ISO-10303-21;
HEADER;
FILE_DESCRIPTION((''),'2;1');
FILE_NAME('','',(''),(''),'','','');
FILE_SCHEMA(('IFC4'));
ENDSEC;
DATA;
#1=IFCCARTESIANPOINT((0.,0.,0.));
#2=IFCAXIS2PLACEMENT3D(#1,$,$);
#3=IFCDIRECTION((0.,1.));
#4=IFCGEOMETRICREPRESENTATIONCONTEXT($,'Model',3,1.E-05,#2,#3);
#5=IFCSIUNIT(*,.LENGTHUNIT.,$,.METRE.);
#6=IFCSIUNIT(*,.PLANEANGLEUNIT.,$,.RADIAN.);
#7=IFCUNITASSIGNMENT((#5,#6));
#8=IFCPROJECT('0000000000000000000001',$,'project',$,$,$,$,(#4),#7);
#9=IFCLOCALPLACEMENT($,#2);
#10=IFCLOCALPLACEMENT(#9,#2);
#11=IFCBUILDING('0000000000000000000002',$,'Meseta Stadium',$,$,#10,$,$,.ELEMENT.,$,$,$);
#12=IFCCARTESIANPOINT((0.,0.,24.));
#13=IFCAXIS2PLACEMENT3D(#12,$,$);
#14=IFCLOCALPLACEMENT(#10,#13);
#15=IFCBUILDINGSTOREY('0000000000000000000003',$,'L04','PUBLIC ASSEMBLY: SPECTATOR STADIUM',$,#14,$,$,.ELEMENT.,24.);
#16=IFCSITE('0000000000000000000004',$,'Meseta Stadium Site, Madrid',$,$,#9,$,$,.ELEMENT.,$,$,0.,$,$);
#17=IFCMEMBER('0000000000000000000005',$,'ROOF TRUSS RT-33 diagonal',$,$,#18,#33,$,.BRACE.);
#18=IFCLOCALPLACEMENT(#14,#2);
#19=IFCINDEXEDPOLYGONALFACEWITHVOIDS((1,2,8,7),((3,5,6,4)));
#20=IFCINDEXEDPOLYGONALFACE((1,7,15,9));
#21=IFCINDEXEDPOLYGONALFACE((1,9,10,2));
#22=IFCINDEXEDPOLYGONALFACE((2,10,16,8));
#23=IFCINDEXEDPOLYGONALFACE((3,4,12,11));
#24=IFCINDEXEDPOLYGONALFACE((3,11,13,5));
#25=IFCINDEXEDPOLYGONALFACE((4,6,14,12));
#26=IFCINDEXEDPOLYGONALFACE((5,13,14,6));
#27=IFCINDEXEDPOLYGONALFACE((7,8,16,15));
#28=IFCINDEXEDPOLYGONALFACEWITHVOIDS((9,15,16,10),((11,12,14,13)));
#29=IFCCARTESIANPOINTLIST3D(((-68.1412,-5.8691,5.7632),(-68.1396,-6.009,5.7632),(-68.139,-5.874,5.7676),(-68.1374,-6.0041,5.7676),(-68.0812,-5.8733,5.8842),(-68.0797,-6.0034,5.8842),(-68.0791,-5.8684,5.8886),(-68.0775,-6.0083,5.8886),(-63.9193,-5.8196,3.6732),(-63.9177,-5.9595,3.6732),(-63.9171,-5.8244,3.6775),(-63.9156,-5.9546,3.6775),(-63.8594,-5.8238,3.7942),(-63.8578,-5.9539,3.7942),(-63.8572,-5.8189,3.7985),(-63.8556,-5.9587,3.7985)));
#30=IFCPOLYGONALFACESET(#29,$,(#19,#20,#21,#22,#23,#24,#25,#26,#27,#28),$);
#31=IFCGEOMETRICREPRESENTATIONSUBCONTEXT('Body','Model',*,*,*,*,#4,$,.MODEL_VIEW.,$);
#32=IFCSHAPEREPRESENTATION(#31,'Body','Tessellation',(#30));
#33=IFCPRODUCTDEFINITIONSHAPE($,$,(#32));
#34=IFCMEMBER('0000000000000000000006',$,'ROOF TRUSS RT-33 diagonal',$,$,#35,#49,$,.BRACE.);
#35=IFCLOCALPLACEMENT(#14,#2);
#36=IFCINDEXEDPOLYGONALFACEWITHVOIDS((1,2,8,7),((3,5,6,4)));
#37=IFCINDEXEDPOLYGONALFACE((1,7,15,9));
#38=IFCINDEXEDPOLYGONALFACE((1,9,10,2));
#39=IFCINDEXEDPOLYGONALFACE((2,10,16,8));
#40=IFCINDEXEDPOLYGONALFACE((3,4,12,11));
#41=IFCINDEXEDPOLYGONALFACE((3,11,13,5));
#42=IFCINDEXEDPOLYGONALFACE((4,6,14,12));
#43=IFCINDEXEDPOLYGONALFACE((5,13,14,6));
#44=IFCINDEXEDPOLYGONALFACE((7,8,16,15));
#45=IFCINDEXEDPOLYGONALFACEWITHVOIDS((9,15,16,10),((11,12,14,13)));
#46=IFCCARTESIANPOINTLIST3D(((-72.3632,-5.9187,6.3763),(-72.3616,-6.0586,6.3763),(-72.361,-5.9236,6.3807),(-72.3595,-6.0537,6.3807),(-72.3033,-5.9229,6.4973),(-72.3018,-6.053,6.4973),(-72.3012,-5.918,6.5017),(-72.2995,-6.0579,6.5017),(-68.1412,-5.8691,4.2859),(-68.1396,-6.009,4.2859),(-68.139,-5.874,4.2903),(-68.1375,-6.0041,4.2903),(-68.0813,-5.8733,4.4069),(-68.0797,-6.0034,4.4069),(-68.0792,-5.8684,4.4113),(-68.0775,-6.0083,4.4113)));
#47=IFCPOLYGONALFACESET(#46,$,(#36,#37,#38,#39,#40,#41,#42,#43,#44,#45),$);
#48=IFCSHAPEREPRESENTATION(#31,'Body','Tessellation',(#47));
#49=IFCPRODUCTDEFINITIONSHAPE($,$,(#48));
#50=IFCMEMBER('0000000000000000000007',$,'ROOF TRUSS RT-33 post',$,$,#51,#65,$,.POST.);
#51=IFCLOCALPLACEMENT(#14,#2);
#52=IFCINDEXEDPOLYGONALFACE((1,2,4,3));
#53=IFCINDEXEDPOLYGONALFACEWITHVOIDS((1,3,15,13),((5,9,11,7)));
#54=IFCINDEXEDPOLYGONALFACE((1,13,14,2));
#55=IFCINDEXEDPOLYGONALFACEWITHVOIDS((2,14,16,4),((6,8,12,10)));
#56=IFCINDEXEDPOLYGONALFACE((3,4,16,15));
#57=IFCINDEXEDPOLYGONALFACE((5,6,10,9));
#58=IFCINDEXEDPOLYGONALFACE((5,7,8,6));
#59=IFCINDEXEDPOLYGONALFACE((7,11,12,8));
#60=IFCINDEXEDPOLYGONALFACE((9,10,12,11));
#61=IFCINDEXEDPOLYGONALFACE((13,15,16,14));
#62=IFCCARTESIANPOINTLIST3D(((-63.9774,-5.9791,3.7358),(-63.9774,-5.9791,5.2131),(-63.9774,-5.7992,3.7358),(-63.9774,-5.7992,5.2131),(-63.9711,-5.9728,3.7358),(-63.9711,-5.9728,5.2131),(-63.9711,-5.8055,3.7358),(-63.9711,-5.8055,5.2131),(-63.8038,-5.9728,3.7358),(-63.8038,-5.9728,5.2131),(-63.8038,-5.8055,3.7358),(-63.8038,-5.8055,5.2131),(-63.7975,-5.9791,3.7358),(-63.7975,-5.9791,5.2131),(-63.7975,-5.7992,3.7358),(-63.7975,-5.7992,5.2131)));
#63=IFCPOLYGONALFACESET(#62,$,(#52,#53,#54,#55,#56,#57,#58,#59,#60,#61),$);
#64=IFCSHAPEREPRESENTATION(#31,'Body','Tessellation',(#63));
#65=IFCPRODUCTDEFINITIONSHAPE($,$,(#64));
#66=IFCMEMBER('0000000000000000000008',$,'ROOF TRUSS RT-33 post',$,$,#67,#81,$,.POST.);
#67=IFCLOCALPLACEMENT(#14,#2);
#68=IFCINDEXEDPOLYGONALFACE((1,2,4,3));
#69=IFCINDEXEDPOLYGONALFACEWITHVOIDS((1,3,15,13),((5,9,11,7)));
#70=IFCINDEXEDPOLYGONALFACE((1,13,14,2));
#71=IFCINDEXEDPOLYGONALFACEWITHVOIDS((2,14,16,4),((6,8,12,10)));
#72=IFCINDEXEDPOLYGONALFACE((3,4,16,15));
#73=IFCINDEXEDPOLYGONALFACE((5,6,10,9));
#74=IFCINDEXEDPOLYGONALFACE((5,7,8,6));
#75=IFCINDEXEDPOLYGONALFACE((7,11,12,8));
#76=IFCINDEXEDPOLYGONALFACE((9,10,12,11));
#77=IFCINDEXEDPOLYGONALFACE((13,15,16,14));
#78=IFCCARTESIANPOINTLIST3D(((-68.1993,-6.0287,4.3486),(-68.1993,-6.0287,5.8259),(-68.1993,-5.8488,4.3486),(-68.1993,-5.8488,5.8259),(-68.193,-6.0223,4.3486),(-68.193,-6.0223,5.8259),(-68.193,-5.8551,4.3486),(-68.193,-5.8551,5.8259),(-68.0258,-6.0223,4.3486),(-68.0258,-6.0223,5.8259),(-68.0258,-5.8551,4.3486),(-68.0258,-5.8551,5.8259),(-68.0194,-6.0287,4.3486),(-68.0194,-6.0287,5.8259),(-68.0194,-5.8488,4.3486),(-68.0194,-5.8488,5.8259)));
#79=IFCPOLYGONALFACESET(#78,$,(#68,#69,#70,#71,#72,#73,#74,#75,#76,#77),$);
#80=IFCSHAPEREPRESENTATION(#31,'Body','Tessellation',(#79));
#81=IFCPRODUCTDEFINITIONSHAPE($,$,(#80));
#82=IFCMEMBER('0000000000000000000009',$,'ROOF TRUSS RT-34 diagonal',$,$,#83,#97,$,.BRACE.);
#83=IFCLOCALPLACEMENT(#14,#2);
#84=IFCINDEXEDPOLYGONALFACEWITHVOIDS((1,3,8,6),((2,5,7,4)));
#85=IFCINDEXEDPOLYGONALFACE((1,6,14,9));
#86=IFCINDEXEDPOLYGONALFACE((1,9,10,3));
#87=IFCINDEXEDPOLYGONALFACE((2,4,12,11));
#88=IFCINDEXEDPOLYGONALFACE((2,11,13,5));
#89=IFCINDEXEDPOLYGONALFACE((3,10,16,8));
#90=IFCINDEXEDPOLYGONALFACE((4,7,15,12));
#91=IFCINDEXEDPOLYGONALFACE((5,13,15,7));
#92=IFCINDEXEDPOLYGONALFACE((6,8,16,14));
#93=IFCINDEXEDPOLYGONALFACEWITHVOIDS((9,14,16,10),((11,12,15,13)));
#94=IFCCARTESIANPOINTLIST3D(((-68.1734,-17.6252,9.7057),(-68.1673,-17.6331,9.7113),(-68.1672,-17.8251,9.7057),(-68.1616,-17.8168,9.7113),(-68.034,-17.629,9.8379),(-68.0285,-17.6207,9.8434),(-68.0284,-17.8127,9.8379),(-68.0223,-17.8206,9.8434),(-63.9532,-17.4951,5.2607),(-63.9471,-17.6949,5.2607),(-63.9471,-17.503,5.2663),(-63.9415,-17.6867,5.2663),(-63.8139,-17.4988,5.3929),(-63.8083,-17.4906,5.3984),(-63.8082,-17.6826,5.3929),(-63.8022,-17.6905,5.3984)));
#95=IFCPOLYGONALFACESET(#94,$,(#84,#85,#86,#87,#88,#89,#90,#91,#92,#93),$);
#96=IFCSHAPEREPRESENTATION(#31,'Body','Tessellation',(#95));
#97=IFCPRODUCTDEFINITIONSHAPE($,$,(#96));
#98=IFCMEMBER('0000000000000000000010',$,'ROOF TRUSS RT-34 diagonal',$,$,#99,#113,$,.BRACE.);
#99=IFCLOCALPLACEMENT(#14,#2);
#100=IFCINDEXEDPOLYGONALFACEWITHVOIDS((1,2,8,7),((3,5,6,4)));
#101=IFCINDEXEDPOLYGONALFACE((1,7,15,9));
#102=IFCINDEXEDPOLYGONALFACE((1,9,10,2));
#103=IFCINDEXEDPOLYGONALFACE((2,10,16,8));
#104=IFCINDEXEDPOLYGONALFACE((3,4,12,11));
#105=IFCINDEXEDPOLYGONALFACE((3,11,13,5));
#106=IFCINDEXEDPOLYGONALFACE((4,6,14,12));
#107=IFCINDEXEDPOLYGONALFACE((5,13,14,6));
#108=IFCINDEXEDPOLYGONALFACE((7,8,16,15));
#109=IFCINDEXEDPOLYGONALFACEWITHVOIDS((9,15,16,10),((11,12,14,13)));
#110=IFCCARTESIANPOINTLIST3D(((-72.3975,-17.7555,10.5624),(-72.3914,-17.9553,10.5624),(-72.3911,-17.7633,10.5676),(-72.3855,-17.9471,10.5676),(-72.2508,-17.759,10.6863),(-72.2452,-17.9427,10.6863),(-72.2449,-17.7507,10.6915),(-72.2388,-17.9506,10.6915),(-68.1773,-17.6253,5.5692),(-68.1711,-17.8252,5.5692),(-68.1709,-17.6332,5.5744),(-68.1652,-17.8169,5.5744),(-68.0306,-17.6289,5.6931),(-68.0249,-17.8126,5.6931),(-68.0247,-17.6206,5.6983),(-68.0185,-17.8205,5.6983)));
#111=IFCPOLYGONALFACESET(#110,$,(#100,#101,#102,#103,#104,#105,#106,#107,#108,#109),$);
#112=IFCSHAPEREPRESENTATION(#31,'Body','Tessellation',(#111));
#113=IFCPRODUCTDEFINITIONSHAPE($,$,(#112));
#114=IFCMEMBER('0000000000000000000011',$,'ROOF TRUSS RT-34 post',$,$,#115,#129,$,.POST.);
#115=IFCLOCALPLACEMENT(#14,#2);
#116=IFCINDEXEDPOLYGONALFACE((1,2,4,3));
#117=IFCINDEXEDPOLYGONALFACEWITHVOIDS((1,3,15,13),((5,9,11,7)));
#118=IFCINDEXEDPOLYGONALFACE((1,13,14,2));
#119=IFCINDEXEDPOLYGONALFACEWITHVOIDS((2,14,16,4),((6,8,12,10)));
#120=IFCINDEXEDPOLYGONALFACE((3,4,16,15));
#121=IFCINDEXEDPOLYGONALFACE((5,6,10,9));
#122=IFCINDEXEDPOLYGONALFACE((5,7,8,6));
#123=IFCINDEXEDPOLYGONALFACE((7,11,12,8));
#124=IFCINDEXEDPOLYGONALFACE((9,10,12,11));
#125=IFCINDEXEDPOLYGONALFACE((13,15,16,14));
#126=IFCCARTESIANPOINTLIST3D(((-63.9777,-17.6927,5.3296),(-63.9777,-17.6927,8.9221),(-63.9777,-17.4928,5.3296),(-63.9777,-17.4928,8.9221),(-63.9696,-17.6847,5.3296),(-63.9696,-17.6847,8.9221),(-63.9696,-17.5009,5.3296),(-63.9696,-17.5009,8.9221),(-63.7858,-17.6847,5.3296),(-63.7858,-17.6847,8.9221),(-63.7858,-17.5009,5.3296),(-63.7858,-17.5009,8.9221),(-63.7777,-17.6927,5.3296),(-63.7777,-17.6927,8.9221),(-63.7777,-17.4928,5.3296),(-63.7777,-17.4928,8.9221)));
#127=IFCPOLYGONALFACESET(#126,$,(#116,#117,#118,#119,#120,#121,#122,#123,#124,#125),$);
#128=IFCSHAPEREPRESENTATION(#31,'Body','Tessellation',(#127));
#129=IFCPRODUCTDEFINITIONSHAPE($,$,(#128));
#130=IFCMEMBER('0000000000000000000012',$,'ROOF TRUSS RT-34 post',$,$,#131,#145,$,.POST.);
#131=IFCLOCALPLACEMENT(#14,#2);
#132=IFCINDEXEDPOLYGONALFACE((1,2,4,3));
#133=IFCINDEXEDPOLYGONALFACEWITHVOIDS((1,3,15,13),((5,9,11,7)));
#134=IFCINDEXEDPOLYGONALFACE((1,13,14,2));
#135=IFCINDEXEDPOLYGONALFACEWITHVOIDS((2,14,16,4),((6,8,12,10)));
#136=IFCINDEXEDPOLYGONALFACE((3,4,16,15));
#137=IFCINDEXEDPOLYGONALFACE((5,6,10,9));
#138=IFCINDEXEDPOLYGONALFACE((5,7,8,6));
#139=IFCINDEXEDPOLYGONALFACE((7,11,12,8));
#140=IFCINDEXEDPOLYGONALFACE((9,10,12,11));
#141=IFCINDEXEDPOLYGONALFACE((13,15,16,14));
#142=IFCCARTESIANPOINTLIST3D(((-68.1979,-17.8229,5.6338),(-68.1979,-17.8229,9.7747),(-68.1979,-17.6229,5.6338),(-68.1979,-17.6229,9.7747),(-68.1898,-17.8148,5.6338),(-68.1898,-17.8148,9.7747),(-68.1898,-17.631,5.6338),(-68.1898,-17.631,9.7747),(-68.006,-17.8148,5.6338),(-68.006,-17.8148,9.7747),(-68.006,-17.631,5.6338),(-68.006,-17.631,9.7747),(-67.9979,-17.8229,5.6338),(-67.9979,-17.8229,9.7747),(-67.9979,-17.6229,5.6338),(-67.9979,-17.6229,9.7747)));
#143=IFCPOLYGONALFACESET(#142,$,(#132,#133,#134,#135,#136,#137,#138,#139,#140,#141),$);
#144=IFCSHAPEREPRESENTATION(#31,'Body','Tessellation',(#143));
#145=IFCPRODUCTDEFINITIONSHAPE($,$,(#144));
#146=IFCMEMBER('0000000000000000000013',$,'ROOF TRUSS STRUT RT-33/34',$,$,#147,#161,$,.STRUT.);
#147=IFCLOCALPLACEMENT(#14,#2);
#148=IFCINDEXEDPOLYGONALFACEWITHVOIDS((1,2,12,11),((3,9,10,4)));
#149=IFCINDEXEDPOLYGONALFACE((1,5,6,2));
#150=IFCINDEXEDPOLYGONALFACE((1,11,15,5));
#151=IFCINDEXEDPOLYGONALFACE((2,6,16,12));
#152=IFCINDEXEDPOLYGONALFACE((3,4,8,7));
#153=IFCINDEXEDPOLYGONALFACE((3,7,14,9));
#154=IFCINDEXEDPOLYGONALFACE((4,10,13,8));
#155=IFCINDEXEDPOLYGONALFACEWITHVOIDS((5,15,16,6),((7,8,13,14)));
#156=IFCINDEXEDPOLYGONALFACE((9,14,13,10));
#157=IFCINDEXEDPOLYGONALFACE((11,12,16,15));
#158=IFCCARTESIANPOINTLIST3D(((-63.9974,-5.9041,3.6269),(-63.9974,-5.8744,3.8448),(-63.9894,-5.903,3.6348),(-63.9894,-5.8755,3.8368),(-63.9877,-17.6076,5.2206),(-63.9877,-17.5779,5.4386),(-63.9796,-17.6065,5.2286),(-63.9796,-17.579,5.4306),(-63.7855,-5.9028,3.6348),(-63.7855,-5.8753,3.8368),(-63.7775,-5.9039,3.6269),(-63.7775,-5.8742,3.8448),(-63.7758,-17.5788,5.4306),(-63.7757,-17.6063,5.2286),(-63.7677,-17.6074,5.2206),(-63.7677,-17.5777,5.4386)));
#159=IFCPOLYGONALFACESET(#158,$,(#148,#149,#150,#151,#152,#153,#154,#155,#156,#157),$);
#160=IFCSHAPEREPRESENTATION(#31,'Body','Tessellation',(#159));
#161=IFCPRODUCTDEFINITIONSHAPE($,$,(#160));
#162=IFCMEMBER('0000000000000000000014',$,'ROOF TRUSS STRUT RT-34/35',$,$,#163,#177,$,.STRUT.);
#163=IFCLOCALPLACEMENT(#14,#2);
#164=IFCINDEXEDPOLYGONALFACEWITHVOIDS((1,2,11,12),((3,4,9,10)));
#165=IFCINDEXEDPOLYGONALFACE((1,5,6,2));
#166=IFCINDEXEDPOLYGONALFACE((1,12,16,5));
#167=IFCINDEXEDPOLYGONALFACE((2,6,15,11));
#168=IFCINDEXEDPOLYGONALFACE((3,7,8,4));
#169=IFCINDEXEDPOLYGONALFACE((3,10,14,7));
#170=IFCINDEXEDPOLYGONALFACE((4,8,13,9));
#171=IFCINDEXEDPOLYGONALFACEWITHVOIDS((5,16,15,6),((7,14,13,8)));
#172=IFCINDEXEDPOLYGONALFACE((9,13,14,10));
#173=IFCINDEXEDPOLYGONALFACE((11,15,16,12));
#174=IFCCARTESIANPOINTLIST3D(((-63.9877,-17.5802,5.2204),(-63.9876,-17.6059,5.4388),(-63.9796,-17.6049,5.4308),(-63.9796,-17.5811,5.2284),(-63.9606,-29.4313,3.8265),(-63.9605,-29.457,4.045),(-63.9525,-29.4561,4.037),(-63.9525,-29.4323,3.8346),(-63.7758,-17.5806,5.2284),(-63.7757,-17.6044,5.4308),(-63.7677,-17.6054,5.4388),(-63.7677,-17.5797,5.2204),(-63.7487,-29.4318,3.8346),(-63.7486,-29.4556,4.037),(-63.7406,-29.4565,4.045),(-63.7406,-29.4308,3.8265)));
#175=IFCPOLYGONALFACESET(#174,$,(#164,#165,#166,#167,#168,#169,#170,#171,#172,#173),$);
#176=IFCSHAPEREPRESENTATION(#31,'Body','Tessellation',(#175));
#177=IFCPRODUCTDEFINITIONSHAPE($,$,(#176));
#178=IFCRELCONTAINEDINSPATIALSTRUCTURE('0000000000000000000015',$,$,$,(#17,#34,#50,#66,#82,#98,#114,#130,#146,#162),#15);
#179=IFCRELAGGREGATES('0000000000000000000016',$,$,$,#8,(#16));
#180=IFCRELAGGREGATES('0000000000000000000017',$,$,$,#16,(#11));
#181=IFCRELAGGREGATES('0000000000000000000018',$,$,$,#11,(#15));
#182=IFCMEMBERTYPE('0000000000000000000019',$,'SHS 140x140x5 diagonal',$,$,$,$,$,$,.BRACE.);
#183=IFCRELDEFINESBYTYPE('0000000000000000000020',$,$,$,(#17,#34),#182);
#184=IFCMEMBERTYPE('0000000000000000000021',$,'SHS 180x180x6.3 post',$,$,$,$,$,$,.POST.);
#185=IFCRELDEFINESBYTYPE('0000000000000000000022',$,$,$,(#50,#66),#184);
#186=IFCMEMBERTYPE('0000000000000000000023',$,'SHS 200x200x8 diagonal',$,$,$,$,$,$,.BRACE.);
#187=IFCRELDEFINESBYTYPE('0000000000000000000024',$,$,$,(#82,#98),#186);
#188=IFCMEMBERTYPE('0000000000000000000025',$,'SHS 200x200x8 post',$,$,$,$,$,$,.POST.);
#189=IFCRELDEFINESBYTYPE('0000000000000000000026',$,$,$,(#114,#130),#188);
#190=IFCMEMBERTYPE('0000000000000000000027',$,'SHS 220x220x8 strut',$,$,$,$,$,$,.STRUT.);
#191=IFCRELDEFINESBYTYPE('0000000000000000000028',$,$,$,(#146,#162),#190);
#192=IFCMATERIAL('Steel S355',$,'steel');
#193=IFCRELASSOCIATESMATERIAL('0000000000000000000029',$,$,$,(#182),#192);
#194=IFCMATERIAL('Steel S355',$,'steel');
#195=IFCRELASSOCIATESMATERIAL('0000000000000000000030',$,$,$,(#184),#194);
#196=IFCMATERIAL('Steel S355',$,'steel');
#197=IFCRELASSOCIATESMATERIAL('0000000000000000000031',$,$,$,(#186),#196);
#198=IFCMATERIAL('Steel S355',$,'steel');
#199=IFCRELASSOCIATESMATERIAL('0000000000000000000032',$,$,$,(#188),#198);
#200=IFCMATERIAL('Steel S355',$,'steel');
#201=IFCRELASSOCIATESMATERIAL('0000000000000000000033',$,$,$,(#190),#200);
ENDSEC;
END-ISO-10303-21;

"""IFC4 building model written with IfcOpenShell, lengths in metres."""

from ifc_helpers import new_model, si_unit, direction, frame, origin, origin_2d, place, context, subcontext, project, spatial, hollow_rectangle, extrude, material, material_profile, profile_set, type_object, element, save


model = new_model("IFC4")

# Units and contexts
model_context = context("Model", 3, precision=1e-05, world=origin(), true_north=direction((0.0, 1.0)))
body_context = subcontext(model_context, "Body", "Model", "MODEL_VIEW")
ifc_project = project(units=[si_unit("LENGTHUNIT", "METRE"), si_unit("PLANEANGLEUNIT", "RADIAN")], contexts=[model_context])

# Site, building, storey
site_placement = place(None, origin())
site = spatial("IfcSite", under=ifc_project, at=site_placement, Name="Meseta Stadium Site, Madrid", CompositionType="ELEMENT", RefElevation=0.0)
building_placement = place(site_placement, origin())
building = spatial("IfcBuilding", under=site, at=building_placement, Name="Meseta Stadium", CompositionType="ELEMENT")
storey_placement = place(building_placement, frame((0.0, 0.0, 24.0)))
storey = spatial("IfcBuildingStorey", under=building, at=storey_placement, Name="L04", Description="PUBLIC ASSEMBLY: SPECTATOR STADIUM", CompositionType="ELEMENT", Elevation=24.0)

# Members
ifc_material_1 = material(Name="Steel S355", Category="steel")
ifc_material_profile_1 = material_profile(ifc_material_1, hollow_rectangle(XDim=0.1399, YDim=0.1399, WallThickness=0.0049, at=origin_2d()), Name="SHS 140x140x5")
ifc_profile_set_1 = profile_set([ifc_material_profile_1], Name="Steel S355")
member_type_1 = type_object("IfcMemberType", Name="SHS 140x140x5 diagonal", PredefinedType="BRACE", material=ifc_profile_set_1)
member_1_placement = place(storey_placement, frame((-63.8875, -5.8892, 3.7358), z_axis=(-0.896143, -0.01052, 0.443641), x_axis=(0.011738, -0.999931, 0.0)))
element("IfcMember", 1, at=member_1_placement, inside=storey, type_object=member_type_1, Name="ROOF TRUSS RT-33 diagonal", PredefinedType="BRACE", context=body_context, shape_type="SweptSolid", body=[
    extrude(hollow_rectangle(XDim=0.1399, YDim=0.1399, WallThickness=0.0049, at=origin_2d()), origin(), (0.0, 0.0, 1.0), 4.7112),
])
member_2_placement = place(storey_placement, frame((-68.1094, -5.9387, 4.3486), z_axis=(-0.896122, -0.010519, 0.443682), x_axis=(0.011738, -0.999931, 0.0)))
element("IfcMember", 2, at=member_2_placement, inside=storey, type_object=member_type_1, Name="ROOF TRUSS RT-33 diagonal", PredefinedType="BRACE", context=body_context, shape_type="SweptSolid", body=[
    extrude(hollow_rectangle(XDim=0.1399, YDim=0.1399, WallThickness=0.0049, at=origin_2d()), origin(), (0.0, 0.0, 1.0), 4.7114),
])
ifc_material_2 = material(Name="Steel S355", Category="steel")
ifc_material_profile_2 = material_profile(ifc_material_2, hollow_rectangle(XDim=0.1799, YDim=0.1799, WallThickness=0.0063, at=origin_2d()), Name="SHS 180x180x6.3")
ifc_profile_set_2 = profile_set([ifc_material_profile_2], Name="Steel S355")
member_type_2 = type_object("IfcMemberType", Name="SHS 180x180x6.3 post", PredefinedType="POST", material=ifc_profile_set_2)
for number, where, z_axis, x_axis, name in (
    (3, (-63.8875, -5.8892, 3.7358), (0.0, 0.0, 1.0), (1.0, 0.0, 0.0), "ROOF TRUSS RT-33 post"),
    (4, (-68.1094, -5.9387, 4.3486), (0.0, 0.0, 1.0), (1.0, 0.0, 0.0), "ROOF TRUSS RT-33 post"),
):
    element("IfcMember", number, at=place(storey_placement, frame(where, z_axis=z_axis, x_axis=x_axis)), inside=storey, type_object=member_type_2, Name=name, PredefinedType="POST", context=body_context, shape_type="SweptSolid", body=[
        extrude(hollow_rectangle(XDim=0.1799, YDim=0.1799, WallThickness=0.0063, at=origin_2d()), origin(), (0.0, 0.0, 1.0), 1.4773),
    ])
ifc_material_3 = material(Name="Steel S355", Category="steel")
ifc_material_profile_3 = material_profile(ifc_material_3, hollow_rectangle(XDim=0.2, YDim=0.2, WallThickness=0.0081, at=origin_2d()), Name="SHS 200x200x8")
ifc_profile_set_3 = profile_set([ifc_material_profile_3], Name="Steel S355")
member_type_3 = type_object("IfcMemberType", Name="SHS 200x200x8 diagonal", PredefinedType="BRACE", material=ifc_profile_set_3)
member_3_placement = place(storey_placement, frame((-63.8777, -17.5928, 5.3296), z_axis=(-0.688371, -0.021225, 0.725048), x_axis=(0.03082, -0.999525, 0.0)))
element("IfcMember", 5, at=member_3_placement, inside=storey, type_object=member_type_3, Name="ROOF TRUSS RT-34 diagonal", PredefinedType="BRACE", context=body_context, shape_type="SweptSolid", body=[
    extrude(hollow_rectangle(XDim=0.2, YDim=0.2, WallThickness=0.0081, at=origin_2d()), origin(), (0.0, 0.0, 1.0), 6.1306),
])
member_4_placement = place(storey_placement, frame((-68.0979, -17.7229, 5.6338), z_axis=(-0.645389, -0.0199, 0.763595), x_axis=(0.03082, -0.999525, 0.0)))
element("IfcMember", 6, at=member_4_placement, inside=storey, type_object=member_type_3, Name="ROOF TRUSS RT-34 diagonal", PredefinedType="BRACE", context=body_context, shape_type="SweptSolid", body=[
    extrude(hollow_rectangle(XDim=0.2, YDim=0.2, WallThickness=0.0081, at=origin_2d()), origin(), (0.0, 0.0, 1.0), 6.5391),
])
ifc_material_4 = material(Name="Steel S355", Category="steel")
ifc_material_profile_4 = material_profile(ifc_material_4, hollow_rectangle(XDim=0.2, YDim=0.2, WallThickness=0.0081, at=origin_2d()), Name="SHS 200x200x8")
ifc_profile_set_4 = profile_set([ifc_material_profile_4], Name="Steel S355")
member_type_4 = type_object("IfcMemberType", Name="SHS 200x200x8 post", PredefinedType="POST", material=ifc_profile_set_4)
member_5_placement = place(storey_placement, frame((-63.8777, -17.5928, 5.3296), z_axis=(0.0, 0.0, 1.0), x_axis=(1.0, 0.0, 0.0)))
element("IfcMember", 7, at=member_5_placement, inside=storey, type_object=member_type_4, Name="ROOF TRUSS RT-34 post", PredefinedType="POST", context=body_context, shape_type="SweptSolid", body=[
    extrude(hollow_rectangle(XDim=0.2, YDim=0.2, WallThickness=0.0081, at=origin_2d()), origin(), (0.0, 0.0, 1.0), 3.5925),
])
member_6_placement = place(storey_placement, frame((-68.0979, -17.7229, 5.6338), z_axis=(0.0, 0.0, 1.0), x_axis=(1.0, 0.0, 0.0)))
element("IfcMember", 8, at=member_6_placement, inside=storey, type_object=member_type_4, Name="ROOF TRUSS RT-34 post", PredefinedType="POST", context=body_context, shape_type="SweptSolid", body=[
    extrude(hollow_rectangle(XDim=0.2, YDim=0.2, WallThickness=0.0081, at=origin_2d()), origin(), (0.0, 0.0, 1.0), 4.1409),
])
ifc_material_5 = material(Name="Steel S355", Category="steel")
ifc_material_profile_5 = material_profile(ifc_material_5, hollow_rectangle(XDim=0.22, YDim=0.22, WallThickness=0.0081, at=origin_2d()), Name="SHS 220x220x8")
ifc_profile_set_5 = profile_set([ifc_material_profile_5], Name="Steel S355")
member_type_5 = type_object("IfcMemberType", Name="SHS 220x220x8 strut", PredefinedType="STRUT", material=ifc_profile_set_5)
member_7_placement = place(storey_placement, frame((-63.8875, -5.8892, 3.7358), z_axis=(0.000827, -0.990855, 0.134931), x_axis=(1.0, 0.000834, 0.0)))
element("IfcMember", 9, at=member_7_placement, inside=storey, type_object=member_type_5, Name="ROOF TRUSS STRUT RT-33/34", PredefinedType="STRUT", context=body_context, shape_type="SweptSolid", body=[
    extrude(hollow_rectangle(XDim=0.22, YDim=0.22, WallThickness=0.0081, at=origin_2d()), origin(), (0.0, 0.0, 1.0), 11.8115),
])
member_8_placement = place(storey_placement, frame((-63.8777, -17.5928, 5.3296), z_axis=(0.002271, -0.993152, -0.116804), x_axis=(0.999997, 0.002287, 0.0)))
element("IfcMember", 10, at=member_8_placement, inside=storey, type_object=member_type_5, Name="ROOF TRUSS STRUT RT-34/35", PredefinedType="STRUT", context=body_context, shape_type="SweptSolid", body=[
    extrude(hollow_rectangle(XDim=0.22, YDim=0.22, WallThickness=0.0081, at=origin_2d()), origin(), (0.0, 0.0, 1.0), 11.9329),
])

save(model, "model.ifc")
